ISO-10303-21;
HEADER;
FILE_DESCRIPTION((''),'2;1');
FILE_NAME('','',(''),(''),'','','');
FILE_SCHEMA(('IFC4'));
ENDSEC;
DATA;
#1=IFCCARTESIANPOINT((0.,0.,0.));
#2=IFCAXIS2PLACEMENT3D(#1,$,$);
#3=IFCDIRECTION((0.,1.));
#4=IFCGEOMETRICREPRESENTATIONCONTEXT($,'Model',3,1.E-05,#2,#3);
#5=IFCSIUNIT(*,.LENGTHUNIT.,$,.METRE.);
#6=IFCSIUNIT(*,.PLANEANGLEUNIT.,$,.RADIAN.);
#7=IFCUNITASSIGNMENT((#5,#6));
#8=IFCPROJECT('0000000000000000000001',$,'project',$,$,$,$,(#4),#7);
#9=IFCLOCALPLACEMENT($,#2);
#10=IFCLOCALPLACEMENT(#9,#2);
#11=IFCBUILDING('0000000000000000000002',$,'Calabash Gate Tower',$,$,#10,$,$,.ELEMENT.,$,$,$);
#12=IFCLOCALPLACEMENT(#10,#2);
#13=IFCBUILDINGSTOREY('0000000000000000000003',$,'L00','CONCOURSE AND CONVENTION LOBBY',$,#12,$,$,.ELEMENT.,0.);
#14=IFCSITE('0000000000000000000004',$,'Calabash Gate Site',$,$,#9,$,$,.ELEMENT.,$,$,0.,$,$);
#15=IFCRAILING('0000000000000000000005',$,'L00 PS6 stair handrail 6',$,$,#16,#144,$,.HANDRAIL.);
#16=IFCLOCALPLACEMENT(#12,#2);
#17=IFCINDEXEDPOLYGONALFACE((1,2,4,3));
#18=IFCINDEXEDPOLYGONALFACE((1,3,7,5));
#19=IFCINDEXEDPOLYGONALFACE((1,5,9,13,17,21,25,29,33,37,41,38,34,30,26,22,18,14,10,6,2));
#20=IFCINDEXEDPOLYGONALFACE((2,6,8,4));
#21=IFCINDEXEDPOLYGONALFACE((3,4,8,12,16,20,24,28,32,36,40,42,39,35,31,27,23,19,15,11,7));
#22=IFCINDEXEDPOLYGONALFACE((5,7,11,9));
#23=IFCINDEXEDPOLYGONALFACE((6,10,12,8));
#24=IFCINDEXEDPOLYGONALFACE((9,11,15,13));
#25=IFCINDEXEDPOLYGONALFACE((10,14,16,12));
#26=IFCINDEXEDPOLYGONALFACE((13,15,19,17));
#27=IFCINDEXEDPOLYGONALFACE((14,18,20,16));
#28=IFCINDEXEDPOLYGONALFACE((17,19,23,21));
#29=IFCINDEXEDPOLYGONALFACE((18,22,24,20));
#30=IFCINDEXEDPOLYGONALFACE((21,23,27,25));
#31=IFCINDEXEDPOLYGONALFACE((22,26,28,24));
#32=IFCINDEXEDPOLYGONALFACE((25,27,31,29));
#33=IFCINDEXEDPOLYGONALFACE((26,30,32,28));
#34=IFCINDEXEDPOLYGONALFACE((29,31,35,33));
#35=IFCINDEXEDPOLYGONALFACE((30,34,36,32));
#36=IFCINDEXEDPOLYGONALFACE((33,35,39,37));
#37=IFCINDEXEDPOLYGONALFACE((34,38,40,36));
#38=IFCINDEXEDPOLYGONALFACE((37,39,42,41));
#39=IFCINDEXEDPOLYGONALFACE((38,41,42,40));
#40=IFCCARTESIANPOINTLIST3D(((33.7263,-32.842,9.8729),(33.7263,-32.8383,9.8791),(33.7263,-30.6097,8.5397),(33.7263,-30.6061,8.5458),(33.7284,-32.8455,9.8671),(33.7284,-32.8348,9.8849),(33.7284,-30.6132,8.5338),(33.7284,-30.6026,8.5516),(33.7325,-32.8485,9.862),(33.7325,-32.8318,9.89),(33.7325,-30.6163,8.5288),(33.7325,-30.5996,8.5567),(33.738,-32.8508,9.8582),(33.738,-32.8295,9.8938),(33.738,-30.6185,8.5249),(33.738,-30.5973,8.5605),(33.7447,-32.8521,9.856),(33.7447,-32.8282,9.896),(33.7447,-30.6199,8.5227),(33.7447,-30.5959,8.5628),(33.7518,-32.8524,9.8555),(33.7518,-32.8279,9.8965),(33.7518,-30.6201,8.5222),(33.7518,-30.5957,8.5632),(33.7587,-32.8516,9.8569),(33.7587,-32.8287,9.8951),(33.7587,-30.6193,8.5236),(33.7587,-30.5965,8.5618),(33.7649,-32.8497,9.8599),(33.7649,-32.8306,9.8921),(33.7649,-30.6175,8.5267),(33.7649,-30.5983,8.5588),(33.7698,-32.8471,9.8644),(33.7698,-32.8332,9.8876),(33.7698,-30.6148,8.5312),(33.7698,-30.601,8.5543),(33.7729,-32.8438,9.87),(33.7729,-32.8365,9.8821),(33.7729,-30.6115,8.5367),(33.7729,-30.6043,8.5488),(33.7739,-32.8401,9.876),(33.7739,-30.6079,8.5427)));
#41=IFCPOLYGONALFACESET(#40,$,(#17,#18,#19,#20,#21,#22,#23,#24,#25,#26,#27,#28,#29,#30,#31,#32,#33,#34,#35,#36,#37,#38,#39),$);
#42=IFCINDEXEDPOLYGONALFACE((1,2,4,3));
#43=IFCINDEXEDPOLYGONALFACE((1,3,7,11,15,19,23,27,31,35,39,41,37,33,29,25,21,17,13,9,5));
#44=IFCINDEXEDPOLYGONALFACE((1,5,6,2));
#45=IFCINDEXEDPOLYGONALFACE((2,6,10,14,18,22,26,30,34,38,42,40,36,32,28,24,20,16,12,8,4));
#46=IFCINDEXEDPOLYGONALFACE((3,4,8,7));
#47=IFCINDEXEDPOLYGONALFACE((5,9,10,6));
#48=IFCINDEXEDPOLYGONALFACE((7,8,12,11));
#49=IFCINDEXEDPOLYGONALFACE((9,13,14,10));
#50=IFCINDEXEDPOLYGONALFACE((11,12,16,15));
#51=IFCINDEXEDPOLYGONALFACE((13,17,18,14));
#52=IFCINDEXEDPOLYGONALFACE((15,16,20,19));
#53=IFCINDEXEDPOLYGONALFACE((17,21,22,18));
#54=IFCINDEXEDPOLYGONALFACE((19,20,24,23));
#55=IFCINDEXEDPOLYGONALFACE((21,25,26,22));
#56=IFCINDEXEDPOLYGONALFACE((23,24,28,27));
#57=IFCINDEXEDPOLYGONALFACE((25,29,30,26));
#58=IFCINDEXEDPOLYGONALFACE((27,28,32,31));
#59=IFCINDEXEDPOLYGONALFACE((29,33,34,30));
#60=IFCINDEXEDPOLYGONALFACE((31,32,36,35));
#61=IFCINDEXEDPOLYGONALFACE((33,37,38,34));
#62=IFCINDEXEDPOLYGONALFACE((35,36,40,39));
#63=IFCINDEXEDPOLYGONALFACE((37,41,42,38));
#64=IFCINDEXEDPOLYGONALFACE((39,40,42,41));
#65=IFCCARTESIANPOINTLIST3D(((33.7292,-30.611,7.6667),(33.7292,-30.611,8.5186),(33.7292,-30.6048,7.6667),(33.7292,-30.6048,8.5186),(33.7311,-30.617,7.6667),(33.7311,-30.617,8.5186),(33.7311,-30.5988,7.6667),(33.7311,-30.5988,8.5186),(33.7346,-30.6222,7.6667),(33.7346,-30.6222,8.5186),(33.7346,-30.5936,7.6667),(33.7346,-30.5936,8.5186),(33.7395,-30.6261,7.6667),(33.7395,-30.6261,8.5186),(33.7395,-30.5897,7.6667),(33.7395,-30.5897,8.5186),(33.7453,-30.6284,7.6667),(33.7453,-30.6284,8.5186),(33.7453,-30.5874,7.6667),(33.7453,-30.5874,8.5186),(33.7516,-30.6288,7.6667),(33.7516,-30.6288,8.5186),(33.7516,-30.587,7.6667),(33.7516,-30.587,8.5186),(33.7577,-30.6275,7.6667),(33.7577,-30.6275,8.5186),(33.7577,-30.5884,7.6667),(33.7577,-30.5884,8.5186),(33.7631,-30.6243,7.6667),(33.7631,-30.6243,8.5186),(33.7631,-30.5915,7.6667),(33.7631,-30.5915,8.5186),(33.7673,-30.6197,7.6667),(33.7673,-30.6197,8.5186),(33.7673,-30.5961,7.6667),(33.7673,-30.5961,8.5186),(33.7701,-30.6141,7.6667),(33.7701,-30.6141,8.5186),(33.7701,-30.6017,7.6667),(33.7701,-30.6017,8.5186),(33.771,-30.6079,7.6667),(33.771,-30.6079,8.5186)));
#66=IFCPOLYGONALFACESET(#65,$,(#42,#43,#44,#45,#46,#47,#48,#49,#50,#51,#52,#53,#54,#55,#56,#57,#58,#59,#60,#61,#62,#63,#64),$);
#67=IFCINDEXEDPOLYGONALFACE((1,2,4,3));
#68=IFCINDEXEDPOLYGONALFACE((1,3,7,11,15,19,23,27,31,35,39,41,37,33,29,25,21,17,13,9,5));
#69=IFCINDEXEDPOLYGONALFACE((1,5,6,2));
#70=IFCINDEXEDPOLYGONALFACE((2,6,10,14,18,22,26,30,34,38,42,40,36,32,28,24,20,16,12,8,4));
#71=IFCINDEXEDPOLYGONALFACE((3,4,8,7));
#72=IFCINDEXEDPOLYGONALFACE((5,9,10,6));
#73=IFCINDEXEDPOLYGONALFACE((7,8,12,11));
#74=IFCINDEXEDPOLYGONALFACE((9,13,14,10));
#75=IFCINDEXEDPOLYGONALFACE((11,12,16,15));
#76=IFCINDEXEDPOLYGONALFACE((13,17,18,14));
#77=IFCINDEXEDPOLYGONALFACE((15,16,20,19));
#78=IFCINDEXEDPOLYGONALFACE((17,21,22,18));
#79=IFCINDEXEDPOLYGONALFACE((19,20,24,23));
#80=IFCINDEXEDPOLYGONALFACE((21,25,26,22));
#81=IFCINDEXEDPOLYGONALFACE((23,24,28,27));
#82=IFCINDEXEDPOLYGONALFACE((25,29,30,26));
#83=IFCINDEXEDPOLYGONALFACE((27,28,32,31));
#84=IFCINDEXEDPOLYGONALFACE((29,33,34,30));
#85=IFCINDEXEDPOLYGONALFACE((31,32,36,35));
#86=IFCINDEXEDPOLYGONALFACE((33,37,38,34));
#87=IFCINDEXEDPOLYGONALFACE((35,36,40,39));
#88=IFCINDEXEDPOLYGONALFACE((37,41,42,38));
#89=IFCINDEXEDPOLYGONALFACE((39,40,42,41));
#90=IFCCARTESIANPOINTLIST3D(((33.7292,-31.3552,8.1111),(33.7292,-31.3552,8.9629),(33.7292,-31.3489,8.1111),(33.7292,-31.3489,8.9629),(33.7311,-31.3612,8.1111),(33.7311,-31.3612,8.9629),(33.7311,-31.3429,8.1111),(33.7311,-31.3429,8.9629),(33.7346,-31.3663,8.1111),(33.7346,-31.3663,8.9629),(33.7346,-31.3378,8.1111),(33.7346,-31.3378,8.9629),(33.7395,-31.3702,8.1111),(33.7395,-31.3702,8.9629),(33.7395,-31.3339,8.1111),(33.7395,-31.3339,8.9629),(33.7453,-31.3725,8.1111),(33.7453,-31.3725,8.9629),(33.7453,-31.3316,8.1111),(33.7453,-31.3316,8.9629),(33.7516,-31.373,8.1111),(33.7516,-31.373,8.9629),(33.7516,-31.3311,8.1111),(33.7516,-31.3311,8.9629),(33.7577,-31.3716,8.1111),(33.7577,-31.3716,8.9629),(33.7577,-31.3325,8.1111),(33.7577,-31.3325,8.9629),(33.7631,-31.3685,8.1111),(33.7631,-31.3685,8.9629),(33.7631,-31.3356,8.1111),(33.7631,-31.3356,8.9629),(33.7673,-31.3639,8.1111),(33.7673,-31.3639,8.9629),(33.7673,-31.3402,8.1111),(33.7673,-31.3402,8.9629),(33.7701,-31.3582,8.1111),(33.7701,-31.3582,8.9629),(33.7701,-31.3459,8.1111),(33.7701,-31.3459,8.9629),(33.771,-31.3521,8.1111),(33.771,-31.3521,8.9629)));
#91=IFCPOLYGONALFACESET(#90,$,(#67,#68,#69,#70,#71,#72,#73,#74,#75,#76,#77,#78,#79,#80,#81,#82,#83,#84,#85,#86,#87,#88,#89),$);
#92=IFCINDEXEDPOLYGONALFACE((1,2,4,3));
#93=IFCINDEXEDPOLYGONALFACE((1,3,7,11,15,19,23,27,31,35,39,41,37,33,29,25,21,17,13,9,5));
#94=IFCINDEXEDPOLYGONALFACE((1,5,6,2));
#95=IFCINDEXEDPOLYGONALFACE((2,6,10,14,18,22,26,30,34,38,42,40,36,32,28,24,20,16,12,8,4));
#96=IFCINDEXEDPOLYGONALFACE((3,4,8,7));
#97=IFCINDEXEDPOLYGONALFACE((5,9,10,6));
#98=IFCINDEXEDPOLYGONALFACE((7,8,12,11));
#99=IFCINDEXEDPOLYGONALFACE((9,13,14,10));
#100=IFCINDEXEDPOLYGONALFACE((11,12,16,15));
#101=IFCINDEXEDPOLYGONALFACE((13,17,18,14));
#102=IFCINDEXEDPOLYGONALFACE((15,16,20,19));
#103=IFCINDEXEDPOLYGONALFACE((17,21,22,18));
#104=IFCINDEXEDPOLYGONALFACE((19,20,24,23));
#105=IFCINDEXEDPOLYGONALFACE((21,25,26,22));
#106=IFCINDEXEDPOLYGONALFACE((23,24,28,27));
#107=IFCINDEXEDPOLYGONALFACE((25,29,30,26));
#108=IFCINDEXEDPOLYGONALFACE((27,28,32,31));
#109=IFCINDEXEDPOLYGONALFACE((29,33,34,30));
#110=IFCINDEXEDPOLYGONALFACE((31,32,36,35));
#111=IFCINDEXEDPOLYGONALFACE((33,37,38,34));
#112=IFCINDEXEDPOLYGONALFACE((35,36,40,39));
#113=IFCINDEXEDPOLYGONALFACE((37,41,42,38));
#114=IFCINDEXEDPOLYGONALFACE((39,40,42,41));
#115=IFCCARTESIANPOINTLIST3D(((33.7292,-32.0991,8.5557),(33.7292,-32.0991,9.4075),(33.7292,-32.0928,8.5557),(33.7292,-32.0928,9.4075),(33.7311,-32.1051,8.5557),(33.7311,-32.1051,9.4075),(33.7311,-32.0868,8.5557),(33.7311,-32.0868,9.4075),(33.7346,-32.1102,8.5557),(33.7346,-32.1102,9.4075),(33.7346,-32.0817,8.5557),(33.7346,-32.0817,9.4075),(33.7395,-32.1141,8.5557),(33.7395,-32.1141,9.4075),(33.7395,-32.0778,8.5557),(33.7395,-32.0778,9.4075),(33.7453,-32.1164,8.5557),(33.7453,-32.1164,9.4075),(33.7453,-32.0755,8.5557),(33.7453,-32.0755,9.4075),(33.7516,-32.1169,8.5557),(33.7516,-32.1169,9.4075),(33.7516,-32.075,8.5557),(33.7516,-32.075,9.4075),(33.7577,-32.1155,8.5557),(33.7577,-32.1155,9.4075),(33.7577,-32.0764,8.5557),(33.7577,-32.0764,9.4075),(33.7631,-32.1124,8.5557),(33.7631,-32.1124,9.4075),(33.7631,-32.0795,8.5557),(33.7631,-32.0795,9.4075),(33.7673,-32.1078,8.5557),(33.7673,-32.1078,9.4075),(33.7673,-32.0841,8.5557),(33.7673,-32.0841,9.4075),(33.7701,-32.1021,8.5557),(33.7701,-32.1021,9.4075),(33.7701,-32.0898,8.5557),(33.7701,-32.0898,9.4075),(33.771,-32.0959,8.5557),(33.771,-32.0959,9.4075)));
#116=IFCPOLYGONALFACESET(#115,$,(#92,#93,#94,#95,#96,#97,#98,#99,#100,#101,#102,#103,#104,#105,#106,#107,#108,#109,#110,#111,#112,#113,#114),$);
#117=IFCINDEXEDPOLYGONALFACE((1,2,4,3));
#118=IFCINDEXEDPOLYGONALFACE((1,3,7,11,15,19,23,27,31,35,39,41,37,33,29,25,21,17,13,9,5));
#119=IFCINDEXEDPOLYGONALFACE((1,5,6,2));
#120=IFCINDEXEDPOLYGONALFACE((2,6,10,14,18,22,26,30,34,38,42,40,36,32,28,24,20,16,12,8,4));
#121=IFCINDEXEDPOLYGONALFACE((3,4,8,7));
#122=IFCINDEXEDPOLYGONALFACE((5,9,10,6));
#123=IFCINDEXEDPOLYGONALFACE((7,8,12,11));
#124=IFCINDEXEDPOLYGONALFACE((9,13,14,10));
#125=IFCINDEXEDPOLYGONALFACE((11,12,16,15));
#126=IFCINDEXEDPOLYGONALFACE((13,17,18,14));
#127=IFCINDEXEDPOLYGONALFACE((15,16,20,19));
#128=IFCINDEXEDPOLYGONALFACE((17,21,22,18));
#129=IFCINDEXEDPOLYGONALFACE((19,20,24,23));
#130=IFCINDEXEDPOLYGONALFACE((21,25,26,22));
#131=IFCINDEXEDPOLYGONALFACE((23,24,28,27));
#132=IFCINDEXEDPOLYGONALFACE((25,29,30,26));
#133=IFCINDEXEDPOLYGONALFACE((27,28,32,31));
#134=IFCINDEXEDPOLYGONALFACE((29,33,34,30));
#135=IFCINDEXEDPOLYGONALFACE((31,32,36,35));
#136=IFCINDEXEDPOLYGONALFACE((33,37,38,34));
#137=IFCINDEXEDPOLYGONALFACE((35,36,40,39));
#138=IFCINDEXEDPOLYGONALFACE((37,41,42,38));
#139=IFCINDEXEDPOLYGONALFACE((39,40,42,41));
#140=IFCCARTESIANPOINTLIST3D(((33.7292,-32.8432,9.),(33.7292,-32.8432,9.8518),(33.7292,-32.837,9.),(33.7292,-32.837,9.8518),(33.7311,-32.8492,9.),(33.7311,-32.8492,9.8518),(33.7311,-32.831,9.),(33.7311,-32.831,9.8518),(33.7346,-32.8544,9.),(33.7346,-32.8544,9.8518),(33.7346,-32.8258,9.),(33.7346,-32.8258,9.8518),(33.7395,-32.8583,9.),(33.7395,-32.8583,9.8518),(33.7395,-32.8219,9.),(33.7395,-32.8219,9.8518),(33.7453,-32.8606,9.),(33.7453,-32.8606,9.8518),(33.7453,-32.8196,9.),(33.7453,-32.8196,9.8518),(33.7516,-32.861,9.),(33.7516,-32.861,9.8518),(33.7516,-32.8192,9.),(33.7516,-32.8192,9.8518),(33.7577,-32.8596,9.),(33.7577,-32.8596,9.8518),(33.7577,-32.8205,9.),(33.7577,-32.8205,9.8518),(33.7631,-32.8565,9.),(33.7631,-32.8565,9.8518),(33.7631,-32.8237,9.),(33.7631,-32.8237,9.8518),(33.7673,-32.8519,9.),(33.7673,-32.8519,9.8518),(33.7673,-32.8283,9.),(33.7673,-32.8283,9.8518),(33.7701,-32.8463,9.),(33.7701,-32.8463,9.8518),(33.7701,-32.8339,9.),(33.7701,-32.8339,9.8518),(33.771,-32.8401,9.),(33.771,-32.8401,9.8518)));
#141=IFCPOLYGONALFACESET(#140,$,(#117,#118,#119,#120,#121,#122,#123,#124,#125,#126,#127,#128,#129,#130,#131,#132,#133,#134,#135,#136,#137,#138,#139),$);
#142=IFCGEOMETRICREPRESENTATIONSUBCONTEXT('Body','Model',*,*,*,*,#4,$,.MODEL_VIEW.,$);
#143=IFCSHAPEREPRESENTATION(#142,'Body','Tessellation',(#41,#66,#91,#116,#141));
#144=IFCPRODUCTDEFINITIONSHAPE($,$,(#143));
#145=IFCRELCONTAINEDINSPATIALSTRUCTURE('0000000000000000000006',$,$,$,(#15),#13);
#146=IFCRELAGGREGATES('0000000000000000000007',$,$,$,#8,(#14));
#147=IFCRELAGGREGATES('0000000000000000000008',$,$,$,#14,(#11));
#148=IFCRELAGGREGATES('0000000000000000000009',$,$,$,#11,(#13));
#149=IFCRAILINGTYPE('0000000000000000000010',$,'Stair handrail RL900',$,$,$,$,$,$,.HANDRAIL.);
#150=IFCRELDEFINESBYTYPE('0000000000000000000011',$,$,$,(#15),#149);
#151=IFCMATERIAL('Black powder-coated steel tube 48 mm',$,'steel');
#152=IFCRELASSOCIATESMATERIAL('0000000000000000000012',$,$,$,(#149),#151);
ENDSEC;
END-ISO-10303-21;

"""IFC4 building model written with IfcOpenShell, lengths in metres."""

from ifc_helpers import new_model, si_unit, direction, frame, origin, origin_2d, place, context, subcontext, project, spatial, circle, extrude, material, type_object, element, save


model = new_model("IFC4")

# Units and contexts
model_context = context("Model", 3, precision=1e-05, world=origin(), true_north=direction((0.0, 1.0)))
body_context = subcontext(model_context, "Body", "Model", "MODEL_VIEW")
ifc_project = project(units=[si_unit("LENGTHUNIT", "METRE"), si_unit("PLANEANGLEUNIT", "RADIAN")], contexts=[model_context])

# Site, building, storey
site_placement = place(None, origin())
site = spatial("IfcSite", under=ifc_project, at=site_placement, Name="Calabash Gate Site", CompositionType="ELEMENT", RefElevation=0.0)
building_placement = place(site_placement, origin())
building = spatial("IfcBuilding", under=site, at=building_placement, Name="Calabash Gate Tower", CompositionType="ELEMENT")
storey_placement = place(building_placement, origin())
storey = spatial("IfcBuildingStorey", under=building, at=storey_placement, Name="L00", Description="CONCOURSE AND CONVENTION LOBBY", CompositionType="ELEMENT", Elevation=0.0)

# Railing
ifc_material_1 = material(Name="Black powder-coated steel tube 48 mm", Category="steel")
railing_type_1 = type_object("IfcRailingType", Name="Stair handrail RL900", PredefinedType="HANDRAIL", material=ifc_material_1)
for number, where, name in (
    (1, (33.75, -30.6079, 7.6667), "L00 PS6 stair handrail 6"),
):
    element("IfcRailing", number, at=place(storey_placement, frame(where)), inside=storey, type_object=railing_type_1, Name=name, PredefinedType="HANDRAIL", context=body_context, shape_type="SweptSolid", body=[
        extrude(circle(Radius=0.0239, at=origin_2d()), frame((0.0, 0.0, 0.876), z_axis=(0.0, -0.858519, 0.512782), x_axis=(1.0, 0.0, 0.0)), (0.0, 0.0, 1.0), 2.6001),
        extrude(circle(Radius=0.021, at=origin_2d()), origin(), (0.0, 0.0, 1.0), 0.8518),
        extrude(circle(Radius=0.021, at=origin_2d()), frame((0.0, -0.7441, 0.4443)), (0.0, 0.0, 1.0), 0.8518),
        extrude(circle(Radius=0.021, at=origin_2d()), frame((0.0, -1.488, 0.8889)), (0.0, 0.0, 1.0), 0.8518),
        extrude(circle(Radius=0.021, at=origin_2d()), frame((0.0, -2.2322, 1.3333)), (0.0, 0.0, 1.0), 0.8518),
    ])

save(model, "model.ifc")
